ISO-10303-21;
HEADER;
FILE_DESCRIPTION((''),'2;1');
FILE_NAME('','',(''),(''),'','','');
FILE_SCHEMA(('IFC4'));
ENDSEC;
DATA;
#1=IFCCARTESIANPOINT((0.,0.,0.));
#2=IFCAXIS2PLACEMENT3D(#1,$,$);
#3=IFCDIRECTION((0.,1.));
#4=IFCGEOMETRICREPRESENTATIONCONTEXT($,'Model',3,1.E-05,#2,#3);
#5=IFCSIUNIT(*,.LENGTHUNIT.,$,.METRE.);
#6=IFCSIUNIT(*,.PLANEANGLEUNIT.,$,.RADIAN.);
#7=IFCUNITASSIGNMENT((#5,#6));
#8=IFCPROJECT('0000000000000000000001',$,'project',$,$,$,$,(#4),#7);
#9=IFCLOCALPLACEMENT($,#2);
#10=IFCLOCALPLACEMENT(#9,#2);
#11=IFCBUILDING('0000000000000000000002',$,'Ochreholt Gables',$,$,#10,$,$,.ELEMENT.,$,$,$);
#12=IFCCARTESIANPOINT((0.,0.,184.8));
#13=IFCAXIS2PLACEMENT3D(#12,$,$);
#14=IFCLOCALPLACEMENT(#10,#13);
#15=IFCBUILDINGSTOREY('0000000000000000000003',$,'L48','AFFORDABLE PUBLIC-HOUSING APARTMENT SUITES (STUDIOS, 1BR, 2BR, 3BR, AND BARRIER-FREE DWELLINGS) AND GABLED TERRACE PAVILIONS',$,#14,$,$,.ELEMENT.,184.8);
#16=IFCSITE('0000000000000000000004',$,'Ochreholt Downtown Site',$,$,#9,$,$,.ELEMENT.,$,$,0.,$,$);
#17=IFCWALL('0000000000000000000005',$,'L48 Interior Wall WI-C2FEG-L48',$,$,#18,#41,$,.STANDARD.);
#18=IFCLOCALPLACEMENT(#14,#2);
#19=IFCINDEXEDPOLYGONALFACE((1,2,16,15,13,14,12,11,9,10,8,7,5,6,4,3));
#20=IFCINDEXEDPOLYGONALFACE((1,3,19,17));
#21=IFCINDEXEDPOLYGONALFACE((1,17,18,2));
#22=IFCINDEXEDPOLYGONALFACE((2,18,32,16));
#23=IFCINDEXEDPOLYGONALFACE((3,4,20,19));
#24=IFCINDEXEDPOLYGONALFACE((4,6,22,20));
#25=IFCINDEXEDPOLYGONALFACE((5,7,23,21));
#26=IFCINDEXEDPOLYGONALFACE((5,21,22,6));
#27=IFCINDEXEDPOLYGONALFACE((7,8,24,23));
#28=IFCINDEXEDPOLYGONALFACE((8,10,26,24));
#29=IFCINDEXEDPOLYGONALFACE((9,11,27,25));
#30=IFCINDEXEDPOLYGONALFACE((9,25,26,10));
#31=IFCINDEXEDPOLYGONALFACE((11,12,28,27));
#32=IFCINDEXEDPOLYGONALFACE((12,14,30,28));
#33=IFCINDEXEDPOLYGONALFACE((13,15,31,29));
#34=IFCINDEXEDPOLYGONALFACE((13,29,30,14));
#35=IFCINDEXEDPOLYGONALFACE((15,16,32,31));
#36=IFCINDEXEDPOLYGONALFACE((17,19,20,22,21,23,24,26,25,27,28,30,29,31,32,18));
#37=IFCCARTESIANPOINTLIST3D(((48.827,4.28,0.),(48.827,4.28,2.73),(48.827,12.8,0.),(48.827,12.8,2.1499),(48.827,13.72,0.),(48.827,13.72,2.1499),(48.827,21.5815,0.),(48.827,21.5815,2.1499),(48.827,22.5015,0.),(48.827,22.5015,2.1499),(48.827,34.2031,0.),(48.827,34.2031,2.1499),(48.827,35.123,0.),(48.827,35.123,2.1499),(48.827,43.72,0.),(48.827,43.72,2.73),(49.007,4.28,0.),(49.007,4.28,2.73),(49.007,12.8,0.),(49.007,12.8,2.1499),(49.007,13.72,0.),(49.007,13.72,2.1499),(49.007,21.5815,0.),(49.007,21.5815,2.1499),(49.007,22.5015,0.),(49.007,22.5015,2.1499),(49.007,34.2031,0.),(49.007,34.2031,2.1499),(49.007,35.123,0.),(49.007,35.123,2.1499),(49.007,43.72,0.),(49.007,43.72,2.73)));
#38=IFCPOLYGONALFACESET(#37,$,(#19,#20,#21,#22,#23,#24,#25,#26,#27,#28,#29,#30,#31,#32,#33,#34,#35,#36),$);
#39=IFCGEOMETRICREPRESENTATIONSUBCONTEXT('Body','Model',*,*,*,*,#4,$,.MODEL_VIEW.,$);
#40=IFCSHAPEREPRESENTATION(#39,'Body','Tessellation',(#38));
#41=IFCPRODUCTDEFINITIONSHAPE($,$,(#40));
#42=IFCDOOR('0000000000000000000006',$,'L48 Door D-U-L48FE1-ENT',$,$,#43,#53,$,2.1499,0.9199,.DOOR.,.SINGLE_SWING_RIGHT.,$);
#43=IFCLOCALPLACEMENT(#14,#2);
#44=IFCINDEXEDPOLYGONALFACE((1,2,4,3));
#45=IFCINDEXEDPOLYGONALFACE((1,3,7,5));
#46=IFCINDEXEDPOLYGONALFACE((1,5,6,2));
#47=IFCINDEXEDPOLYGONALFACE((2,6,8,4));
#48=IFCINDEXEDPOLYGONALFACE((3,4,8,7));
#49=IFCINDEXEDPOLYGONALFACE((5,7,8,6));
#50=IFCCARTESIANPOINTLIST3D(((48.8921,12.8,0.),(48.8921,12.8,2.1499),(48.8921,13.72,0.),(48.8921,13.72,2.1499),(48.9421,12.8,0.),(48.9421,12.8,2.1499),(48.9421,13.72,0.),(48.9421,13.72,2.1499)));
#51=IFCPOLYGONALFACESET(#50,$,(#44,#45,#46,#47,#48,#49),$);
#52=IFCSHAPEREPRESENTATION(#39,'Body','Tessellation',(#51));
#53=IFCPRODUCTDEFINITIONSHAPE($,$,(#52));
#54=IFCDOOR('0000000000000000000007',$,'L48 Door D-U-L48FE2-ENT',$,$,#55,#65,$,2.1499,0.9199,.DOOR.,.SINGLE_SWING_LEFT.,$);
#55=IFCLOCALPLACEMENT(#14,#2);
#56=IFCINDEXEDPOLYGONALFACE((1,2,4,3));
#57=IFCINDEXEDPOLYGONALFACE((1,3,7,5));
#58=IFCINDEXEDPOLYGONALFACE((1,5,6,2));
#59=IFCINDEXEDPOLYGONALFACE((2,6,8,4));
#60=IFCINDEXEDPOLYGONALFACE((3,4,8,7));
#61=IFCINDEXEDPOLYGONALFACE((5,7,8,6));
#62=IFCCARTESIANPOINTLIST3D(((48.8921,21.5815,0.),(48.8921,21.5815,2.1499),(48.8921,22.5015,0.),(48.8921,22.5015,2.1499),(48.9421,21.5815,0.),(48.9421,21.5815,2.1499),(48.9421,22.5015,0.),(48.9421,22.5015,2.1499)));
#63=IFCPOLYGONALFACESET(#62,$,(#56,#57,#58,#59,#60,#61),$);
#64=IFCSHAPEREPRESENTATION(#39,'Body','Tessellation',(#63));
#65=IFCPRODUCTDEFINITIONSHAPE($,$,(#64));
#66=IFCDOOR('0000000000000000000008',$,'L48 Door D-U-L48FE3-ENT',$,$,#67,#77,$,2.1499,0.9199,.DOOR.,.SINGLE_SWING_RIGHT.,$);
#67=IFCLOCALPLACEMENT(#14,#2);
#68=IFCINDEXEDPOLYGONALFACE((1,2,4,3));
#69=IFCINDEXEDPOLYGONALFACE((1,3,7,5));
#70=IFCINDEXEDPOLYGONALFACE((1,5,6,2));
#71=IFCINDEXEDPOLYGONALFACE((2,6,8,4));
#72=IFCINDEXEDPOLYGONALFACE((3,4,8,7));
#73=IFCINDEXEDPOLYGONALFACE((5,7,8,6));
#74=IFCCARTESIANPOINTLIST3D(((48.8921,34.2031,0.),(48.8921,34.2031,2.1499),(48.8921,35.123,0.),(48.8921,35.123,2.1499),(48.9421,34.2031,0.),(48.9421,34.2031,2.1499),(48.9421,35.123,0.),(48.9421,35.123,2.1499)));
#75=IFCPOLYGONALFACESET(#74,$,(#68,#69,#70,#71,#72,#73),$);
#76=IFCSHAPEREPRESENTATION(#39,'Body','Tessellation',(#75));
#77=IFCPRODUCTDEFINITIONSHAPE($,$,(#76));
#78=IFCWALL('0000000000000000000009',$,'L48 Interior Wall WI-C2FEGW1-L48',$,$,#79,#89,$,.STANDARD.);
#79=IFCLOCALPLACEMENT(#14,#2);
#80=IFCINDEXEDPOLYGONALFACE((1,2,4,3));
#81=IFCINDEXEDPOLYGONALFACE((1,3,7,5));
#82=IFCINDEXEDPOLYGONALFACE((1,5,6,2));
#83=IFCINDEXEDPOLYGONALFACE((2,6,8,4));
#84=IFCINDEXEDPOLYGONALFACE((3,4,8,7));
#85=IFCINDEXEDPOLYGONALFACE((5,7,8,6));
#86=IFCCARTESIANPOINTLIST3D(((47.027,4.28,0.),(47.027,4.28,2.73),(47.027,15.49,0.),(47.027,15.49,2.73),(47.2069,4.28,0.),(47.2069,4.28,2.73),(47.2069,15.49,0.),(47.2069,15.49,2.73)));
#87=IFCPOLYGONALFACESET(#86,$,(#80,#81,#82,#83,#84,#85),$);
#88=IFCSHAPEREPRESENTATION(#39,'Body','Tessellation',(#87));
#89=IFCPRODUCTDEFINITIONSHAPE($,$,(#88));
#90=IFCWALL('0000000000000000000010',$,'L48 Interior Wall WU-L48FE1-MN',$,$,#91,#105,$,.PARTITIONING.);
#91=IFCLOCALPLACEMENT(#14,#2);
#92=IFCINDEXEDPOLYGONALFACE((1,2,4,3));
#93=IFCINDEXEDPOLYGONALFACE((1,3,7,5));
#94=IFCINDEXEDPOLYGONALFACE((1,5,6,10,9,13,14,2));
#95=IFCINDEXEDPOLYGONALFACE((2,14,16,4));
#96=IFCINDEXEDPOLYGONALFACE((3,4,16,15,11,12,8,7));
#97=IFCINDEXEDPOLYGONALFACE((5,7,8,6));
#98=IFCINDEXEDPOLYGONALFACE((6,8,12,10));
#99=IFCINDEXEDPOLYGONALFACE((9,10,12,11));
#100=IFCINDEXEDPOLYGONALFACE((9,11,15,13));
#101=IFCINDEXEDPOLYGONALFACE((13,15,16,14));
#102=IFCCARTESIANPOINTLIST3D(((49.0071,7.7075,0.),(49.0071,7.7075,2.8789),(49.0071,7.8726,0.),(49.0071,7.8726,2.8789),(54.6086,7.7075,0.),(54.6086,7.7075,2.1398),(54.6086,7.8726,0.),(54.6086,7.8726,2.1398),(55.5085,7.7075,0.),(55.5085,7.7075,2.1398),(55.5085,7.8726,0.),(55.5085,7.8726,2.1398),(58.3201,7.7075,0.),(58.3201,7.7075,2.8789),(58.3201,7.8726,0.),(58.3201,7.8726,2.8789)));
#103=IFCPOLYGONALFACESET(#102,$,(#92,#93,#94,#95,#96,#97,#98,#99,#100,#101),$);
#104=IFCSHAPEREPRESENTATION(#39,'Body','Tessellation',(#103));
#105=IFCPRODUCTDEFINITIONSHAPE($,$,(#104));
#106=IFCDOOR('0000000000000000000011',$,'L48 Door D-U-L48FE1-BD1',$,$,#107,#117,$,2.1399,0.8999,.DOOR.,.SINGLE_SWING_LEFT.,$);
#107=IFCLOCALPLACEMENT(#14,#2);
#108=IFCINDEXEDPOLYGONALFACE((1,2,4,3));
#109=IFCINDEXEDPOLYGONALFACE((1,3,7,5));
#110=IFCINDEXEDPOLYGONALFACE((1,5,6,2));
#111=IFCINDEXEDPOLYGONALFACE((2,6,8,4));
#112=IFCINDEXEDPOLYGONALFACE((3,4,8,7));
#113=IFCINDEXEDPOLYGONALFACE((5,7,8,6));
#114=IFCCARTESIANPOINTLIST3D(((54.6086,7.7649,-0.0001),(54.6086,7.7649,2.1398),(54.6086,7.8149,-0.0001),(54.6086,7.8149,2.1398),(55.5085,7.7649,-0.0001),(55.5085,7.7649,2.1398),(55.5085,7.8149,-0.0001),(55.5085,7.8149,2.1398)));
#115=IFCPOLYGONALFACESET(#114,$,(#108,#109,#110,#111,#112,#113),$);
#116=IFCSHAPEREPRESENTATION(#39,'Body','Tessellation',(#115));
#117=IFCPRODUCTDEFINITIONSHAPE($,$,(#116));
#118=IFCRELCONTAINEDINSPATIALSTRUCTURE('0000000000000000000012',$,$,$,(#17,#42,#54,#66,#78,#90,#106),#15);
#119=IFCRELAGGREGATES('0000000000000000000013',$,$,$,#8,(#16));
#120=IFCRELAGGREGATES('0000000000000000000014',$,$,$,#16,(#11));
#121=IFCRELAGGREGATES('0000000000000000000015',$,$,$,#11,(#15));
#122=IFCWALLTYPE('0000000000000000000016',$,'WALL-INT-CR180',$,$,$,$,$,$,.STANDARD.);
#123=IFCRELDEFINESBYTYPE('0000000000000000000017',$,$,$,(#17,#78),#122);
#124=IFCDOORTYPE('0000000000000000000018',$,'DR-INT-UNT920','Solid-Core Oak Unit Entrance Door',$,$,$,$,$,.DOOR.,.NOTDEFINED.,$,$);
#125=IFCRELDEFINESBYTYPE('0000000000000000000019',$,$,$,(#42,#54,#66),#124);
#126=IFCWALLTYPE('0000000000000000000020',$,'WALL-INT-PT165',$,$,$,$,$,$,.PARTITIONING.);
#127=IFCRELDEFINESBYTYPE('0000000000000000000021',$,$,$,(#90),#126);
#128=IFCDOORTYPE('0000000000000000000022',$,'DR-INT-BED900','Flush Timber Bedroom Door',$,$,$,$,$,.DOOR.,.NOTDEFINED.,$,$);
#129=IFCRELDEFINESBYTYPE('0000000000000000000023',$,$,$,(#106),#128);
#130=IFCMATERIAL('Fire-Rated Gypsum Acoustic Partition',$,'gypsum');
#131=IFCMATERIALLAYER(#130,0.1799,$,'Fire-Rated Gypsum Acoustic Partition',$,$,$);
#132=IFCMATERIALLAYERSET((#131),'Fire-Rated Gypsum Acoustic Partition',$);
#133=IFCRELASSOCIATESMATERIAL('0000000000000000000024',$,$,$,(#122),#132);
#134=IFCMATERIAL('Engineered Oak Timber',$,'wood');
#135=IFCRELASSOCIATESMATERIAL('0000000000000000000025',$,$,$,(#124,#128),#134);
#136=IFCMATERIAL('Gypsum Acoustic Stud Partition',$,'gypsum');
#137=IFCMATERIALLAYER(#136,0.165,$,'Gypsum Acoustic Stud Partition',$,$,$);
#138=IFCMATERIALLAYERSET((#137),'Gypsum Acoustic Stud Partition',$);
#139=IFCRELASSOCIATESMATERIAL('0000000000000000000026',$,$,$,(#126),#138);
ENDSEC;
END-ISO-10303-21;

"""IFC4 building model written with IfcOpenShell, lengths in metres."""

from ifc_helpers import new_model, si_unit, direction, frame, frame_2d, origin, place, context, subcontext, project, spatial, rectangle, extrude, material, layer, layer_set, type_object, element, fill, save


model = new_model("IFC4")

# Units and contexts
model_context = context("Model", 3, precision=1e-05, world=origin(), true_north=direction((0.0, 1.0)))
body_context = subcontext(model_context, "Body", "Model", "MODEL_VIEW")
ifc_project = project(units=[si_unit("LENGTHUNIT", "METRE"), si_unit("PLANEANGLEUNIT", "RADIAN")], contexts=[model_context])

# Site, building, storey
site_placement = place(None, origin())
site = spatial("IfcSite", under=ifc_project, at=site_placement, Name="Ochreholt Downtown Site", CompositionType="ELEMENT", RefElevation=0.0)
building_placement = place(site_placement, origin())
building = spatial("IfcBuilding", under=site, at=building_placement, Name="Ochreholt Gables", CompositionType="ELEMENT")
storey_placement = place(building_placement, frame((0.0, 0.0, 184.8)))
storey = spatial("IfcBuildingStorey", under=building, at=storey_placement, Name="L48", Description="AFFORDABLE PUBLIC-HOUSING APARTMENT SUITES (STUDIOS, 1BR, 2BR, 3BR, AND BARRIER-FREE DWELLINGS) AND GABLED TERRACE PAVILIONS", CompositionType="ELEMENT", Elevation=184.8)

# Wall, openings, doors
ifc_material_1 = material(Name="Fire-Rated Gypsum Acoustic Partition", Category="gypsum")
ifc_layer_1 = layer(ifc_material_1, 0.1799, Name="Fire-Rated Gypsum Acoustic Partition")
ifc_layer_set_1 = layer_set([ifc_layer_1], Name="Fire-Rated Gypsum Acoustic Partition")
wall_type_1 = type_object("IfcWallType", Name="WALL-INT-CR180", PredefinedType="STANDARD", material=ifc_layer_set_1)
wall_1_placement = place(storey_placement, frame((48.917, 4.28, 0.0), z_axis=(0.0, 0.0, 1.0), x_axis=(0.0, 1.0, 0.0)))
wall_1 = element("IfcWall", 1, at=wall_1_placement, inside=storey, type_object=wall_type_1, Name="L48 Interior Wall WI-C2FEG-L48", PredefinedType="STANDARD", context=body_context, shape_type="SweptSolid", body=[
    extrude(rectangle(XDim=39.4399, YDim=0.1799, at=frame_2d((19.72, 0.0))), origin(), (0.0, 0.0, 1.0), 2.73),
])
opening_1_placement = place(wall_1_placement, frame((8.52, 0.0, 0.0)))
opening_1 = element("IfcOpeningElement", 2, at=opening_1_placement, cuts=wall_1, PredefinedType="OPENING", context=body_context, shape_type="SweptSolid", body=[
    extrude(rectangle(XDim=0.9199, YDim=2.1499, at=frame_2d((0.46, 1.075))), frame((0.0, 0.0999, 0.0), z_axis=(0.0, -1.0, 0.0), x_axis=(1.0, 0.0, 0.0)), (0.0, 0.0, 1.0), 0.2),
])
opening_2_placement = place(wall_1_placement, frame((17.3015, 0.0, 0.0)))
opening_2 = element("IfcOpeningElement", 3, at=opening_2_placement, cuts=wall_1, PredefinedType="OPENING", context=body_context, shape_type="SweptSolid", body=[
    extrude(rectangle(XDim=0.9199, YDim=2.1499, at=frame_2d((0.46, 1.075))), frame((0.0, 0.0999, 0.0), z_axis=(0.0, -1.0, 0.0), x_axis=(1.0, 0.0, 0.0)), (0.0, 0.0, 1.0), 0.2),
])
opening_3_placement = place(wall_1_placement, frame((29.9231, 0.0, 0.0)))
opening_3 = element("IfcOpeningElement", 4, at=opening_3_placement, cuts=wall_1, PredefinedType="OPENING", context=body_context, shape_type="SweptSolid", body=[
    extrude(rectangle(XDim=0.9199, YDim=2.1499, at=frame_2d((0.46, 1.075))), frame((0.0, 0.0999, 0.0), z_axis=(0.0, -1.0, 0.0), x_axis=(1.0, 0.0, 0.0)), (0.0, 0.0, 1.0), 0.2),
])
ifc_material_2 = material(Name="Engineered Oak Timber", Category="wood")
door_type_1 = type_object("IfcDoorType", Name="DR-INT-UNT920", Description="Solid-Core Oak Unit Entrance Door", OperationType="NOTDEFINED", PredefinedType="DOOR", material=ifc_material_2)
door_1_placement = place(opening_1_placement, origin())
door_1 = element("IfcDoor", 5, at=door_1_placement, inside=storey, type_object=door_type_1, Name="L48 Door D-U-L48FE1-ENT", OperationType="SINGLE_SWING_RIGHT", OverallHeight=2.1499, OverallWidth=0.9199, PredefinedType="DOOR", context=body_context, shape_type="SweptSolid", body=[
    extrude(rectangle(XDim=0.9199, YDim=2.1499, at=frame_2d((0.46, 1.075))), frame((0.0, 0.0249, 0.0), z_axis=(0.0, -1.0, 0.0), x_axis=(1.0, 0.0, 0.0)), (0.0, 0.0, 1.0), 0.05),
])
fill(opening_1, door_1)
door_2_placement = place(opening_2_placement, origin())
door_2 = element("IfcDoor", 6, at=door_2_placement, inside=storey, type_object=door_type_1, Name="L48 Door D-U-L48FE2-ENT", OperationType="SINGLE_SWING_LEFT", OverallHeight=2.1499, OverallWidth=0.9199, PredefinedType="DOOR", context=body_context, shape_type="SweptSolid", body=[
    extrude(rectangle(XDim=0.9199, YDim=2.1499, at=frame_2d((0.46, 1.075))), frame((0.0, 0.0249, 0.0), z_axis=(0.0, -1.0, 0.0), x_axis=(1.0, 0.0, 0.0)), (0.0, 0.0, 1.0), 0.05),
])
fill(opening_2, door_2)
door_3_placement = place(opening_3_placement, origin())
door_3 = element("IfcDoor", 7, at=door_3_placement, inside=storey, type_object=door_type_1, Name="L48 Door D-U-L48FE3-ENT", OperationType="SINGLE_SWING_RIGHT", OverallHeight=2.1499, OverallWidth=0.9199, PredefinedType="DOOR", context=body_context, shape_type="SweptSolid", body=[
    extrude(rectangle(XDim=0.9199, YDim=2.1499, at=frame_2d((0.46, 1.075))), frame((0.0, 0.0249, 0.0), z_axis=(0.0, -1.0, 0.0), x_axis=(1.0, 0.0, 0.0)), (0.0, 0.0, 1.0), 0.05),
])
fill(opening_3, door_3)

# Wall
wall_2_placement = place(storey_placement, frame((47.1169, 4.28, 0.0), z_axis=(0.0, 0.0, 1.0), x_axis=(0.0, 1.0, 0.0)))
element("IfcWall", 8, at=wall_2_placement, inside=storey, type_object=wall_type_1, Name="L48 Interior Wall WI-C2FEGW1-L48", PredefinedType="STANDARD", context=body_context, shape_type="SweptSolid", body=[
    extrude(rectangle(XDim=11.21, YDim=0.1799, at=frame_2d((5.605, 0.0))), origin(), (0.0, 0.0, 1.0), 2.73),
])

# Wall, opening, door
ifc_material_3 = material(Name="Gypsum Acoustic Stud Partition", Category="gypsum")
ifc_layer_2 = layer(ifc_material_3, 0.165, Name="Gypsum Acoustic Stud Partition")
ifc_layer_set_2 = layer_set([ifc_layer_2], Name="Gypsum Acoustic Stud Partition")
wall_type_2 = type_object("IfcWallType", Name="WALL-INT-PT165", PredefinedType="PARTITIONING", material=ifc_layer_set_2)
wall_3_placement = place(storey_placement, frame((49.0071, 7.79, 0.0), z_axis=(0.0, 0.0, 1.0), x_axis=(1.0, 0.0, 0.0)))
wall_3 = element("IfcWall", 9, at=wall_3_placement, inside=storey, type_object=wall_type_2, Name="L48 Interior Wall WU-L48FE1-MN", PredefinedType="PARTITIONING", context=body_context, shape_type="SweptSolid", body=[
    extrude(rectangle(XDim=9.313, YDim=0.165, at=frame_2d((4.6565, 0.0))), origin(), (0.0, 0.0, 1.0), 2.8789),
])
opening_4_placement = place(wall_3_placement, frame((5.6016, 0.0, 0.0)))
opening_4 = element("IfcOpeningElement", 10, at=opening_4_placement, cuts=wall_3, PredefinedType="OPENING", context=body_context, shape_type="SweptSolid", body=[
    extrude(rectangle(XDim=0.8999, YDim=2.1399, at=frame_2d((0.45, 1.0698))), frame((0.0, 0.0925, 0.0), z_axis=(0.0, -1.0, 0.0), x_axis=(1.0, 0.0, 0.0)), (0.0, 0.0, 1.0), 0.1851),
])
door_type_2 = type_object("IfcDoorType", Name="DR-INT-BED900", Description="Flush Timber Bedroom Door", OperationType="NOTDEFINED", PredefinedType="DOOR", material=ifc_material_2)
door_4_placement = place(opening_4_placement, origin())
door_4 = element("IfcDoor", 11, at=door_4_placement, inside=storey, type_object=door_type_2, Name="L48 Door D-U-L48FE1-BD1", OperationType="SINGLE_SWING_LEFT", OverallHeight=2.1399, OverallWidth=0.8999, PredefinedType="DOOR", context=body_context, shape_type="SweptSolid", body=[
    extrude(rectangle(XDim=0.8999, YDim=2.1399, at=frame_2d((0.45, 1.0698))), frame((0.0, 0.0249, 0.0), z_axis=(0.0, -1.0, 0.0), x_axis=(1.0, 0.0, 0.0)), (0.0, 0.0, 1.0), 0.05),
])
fill(opening_4, door_4)

save(model, "model.ifc")
